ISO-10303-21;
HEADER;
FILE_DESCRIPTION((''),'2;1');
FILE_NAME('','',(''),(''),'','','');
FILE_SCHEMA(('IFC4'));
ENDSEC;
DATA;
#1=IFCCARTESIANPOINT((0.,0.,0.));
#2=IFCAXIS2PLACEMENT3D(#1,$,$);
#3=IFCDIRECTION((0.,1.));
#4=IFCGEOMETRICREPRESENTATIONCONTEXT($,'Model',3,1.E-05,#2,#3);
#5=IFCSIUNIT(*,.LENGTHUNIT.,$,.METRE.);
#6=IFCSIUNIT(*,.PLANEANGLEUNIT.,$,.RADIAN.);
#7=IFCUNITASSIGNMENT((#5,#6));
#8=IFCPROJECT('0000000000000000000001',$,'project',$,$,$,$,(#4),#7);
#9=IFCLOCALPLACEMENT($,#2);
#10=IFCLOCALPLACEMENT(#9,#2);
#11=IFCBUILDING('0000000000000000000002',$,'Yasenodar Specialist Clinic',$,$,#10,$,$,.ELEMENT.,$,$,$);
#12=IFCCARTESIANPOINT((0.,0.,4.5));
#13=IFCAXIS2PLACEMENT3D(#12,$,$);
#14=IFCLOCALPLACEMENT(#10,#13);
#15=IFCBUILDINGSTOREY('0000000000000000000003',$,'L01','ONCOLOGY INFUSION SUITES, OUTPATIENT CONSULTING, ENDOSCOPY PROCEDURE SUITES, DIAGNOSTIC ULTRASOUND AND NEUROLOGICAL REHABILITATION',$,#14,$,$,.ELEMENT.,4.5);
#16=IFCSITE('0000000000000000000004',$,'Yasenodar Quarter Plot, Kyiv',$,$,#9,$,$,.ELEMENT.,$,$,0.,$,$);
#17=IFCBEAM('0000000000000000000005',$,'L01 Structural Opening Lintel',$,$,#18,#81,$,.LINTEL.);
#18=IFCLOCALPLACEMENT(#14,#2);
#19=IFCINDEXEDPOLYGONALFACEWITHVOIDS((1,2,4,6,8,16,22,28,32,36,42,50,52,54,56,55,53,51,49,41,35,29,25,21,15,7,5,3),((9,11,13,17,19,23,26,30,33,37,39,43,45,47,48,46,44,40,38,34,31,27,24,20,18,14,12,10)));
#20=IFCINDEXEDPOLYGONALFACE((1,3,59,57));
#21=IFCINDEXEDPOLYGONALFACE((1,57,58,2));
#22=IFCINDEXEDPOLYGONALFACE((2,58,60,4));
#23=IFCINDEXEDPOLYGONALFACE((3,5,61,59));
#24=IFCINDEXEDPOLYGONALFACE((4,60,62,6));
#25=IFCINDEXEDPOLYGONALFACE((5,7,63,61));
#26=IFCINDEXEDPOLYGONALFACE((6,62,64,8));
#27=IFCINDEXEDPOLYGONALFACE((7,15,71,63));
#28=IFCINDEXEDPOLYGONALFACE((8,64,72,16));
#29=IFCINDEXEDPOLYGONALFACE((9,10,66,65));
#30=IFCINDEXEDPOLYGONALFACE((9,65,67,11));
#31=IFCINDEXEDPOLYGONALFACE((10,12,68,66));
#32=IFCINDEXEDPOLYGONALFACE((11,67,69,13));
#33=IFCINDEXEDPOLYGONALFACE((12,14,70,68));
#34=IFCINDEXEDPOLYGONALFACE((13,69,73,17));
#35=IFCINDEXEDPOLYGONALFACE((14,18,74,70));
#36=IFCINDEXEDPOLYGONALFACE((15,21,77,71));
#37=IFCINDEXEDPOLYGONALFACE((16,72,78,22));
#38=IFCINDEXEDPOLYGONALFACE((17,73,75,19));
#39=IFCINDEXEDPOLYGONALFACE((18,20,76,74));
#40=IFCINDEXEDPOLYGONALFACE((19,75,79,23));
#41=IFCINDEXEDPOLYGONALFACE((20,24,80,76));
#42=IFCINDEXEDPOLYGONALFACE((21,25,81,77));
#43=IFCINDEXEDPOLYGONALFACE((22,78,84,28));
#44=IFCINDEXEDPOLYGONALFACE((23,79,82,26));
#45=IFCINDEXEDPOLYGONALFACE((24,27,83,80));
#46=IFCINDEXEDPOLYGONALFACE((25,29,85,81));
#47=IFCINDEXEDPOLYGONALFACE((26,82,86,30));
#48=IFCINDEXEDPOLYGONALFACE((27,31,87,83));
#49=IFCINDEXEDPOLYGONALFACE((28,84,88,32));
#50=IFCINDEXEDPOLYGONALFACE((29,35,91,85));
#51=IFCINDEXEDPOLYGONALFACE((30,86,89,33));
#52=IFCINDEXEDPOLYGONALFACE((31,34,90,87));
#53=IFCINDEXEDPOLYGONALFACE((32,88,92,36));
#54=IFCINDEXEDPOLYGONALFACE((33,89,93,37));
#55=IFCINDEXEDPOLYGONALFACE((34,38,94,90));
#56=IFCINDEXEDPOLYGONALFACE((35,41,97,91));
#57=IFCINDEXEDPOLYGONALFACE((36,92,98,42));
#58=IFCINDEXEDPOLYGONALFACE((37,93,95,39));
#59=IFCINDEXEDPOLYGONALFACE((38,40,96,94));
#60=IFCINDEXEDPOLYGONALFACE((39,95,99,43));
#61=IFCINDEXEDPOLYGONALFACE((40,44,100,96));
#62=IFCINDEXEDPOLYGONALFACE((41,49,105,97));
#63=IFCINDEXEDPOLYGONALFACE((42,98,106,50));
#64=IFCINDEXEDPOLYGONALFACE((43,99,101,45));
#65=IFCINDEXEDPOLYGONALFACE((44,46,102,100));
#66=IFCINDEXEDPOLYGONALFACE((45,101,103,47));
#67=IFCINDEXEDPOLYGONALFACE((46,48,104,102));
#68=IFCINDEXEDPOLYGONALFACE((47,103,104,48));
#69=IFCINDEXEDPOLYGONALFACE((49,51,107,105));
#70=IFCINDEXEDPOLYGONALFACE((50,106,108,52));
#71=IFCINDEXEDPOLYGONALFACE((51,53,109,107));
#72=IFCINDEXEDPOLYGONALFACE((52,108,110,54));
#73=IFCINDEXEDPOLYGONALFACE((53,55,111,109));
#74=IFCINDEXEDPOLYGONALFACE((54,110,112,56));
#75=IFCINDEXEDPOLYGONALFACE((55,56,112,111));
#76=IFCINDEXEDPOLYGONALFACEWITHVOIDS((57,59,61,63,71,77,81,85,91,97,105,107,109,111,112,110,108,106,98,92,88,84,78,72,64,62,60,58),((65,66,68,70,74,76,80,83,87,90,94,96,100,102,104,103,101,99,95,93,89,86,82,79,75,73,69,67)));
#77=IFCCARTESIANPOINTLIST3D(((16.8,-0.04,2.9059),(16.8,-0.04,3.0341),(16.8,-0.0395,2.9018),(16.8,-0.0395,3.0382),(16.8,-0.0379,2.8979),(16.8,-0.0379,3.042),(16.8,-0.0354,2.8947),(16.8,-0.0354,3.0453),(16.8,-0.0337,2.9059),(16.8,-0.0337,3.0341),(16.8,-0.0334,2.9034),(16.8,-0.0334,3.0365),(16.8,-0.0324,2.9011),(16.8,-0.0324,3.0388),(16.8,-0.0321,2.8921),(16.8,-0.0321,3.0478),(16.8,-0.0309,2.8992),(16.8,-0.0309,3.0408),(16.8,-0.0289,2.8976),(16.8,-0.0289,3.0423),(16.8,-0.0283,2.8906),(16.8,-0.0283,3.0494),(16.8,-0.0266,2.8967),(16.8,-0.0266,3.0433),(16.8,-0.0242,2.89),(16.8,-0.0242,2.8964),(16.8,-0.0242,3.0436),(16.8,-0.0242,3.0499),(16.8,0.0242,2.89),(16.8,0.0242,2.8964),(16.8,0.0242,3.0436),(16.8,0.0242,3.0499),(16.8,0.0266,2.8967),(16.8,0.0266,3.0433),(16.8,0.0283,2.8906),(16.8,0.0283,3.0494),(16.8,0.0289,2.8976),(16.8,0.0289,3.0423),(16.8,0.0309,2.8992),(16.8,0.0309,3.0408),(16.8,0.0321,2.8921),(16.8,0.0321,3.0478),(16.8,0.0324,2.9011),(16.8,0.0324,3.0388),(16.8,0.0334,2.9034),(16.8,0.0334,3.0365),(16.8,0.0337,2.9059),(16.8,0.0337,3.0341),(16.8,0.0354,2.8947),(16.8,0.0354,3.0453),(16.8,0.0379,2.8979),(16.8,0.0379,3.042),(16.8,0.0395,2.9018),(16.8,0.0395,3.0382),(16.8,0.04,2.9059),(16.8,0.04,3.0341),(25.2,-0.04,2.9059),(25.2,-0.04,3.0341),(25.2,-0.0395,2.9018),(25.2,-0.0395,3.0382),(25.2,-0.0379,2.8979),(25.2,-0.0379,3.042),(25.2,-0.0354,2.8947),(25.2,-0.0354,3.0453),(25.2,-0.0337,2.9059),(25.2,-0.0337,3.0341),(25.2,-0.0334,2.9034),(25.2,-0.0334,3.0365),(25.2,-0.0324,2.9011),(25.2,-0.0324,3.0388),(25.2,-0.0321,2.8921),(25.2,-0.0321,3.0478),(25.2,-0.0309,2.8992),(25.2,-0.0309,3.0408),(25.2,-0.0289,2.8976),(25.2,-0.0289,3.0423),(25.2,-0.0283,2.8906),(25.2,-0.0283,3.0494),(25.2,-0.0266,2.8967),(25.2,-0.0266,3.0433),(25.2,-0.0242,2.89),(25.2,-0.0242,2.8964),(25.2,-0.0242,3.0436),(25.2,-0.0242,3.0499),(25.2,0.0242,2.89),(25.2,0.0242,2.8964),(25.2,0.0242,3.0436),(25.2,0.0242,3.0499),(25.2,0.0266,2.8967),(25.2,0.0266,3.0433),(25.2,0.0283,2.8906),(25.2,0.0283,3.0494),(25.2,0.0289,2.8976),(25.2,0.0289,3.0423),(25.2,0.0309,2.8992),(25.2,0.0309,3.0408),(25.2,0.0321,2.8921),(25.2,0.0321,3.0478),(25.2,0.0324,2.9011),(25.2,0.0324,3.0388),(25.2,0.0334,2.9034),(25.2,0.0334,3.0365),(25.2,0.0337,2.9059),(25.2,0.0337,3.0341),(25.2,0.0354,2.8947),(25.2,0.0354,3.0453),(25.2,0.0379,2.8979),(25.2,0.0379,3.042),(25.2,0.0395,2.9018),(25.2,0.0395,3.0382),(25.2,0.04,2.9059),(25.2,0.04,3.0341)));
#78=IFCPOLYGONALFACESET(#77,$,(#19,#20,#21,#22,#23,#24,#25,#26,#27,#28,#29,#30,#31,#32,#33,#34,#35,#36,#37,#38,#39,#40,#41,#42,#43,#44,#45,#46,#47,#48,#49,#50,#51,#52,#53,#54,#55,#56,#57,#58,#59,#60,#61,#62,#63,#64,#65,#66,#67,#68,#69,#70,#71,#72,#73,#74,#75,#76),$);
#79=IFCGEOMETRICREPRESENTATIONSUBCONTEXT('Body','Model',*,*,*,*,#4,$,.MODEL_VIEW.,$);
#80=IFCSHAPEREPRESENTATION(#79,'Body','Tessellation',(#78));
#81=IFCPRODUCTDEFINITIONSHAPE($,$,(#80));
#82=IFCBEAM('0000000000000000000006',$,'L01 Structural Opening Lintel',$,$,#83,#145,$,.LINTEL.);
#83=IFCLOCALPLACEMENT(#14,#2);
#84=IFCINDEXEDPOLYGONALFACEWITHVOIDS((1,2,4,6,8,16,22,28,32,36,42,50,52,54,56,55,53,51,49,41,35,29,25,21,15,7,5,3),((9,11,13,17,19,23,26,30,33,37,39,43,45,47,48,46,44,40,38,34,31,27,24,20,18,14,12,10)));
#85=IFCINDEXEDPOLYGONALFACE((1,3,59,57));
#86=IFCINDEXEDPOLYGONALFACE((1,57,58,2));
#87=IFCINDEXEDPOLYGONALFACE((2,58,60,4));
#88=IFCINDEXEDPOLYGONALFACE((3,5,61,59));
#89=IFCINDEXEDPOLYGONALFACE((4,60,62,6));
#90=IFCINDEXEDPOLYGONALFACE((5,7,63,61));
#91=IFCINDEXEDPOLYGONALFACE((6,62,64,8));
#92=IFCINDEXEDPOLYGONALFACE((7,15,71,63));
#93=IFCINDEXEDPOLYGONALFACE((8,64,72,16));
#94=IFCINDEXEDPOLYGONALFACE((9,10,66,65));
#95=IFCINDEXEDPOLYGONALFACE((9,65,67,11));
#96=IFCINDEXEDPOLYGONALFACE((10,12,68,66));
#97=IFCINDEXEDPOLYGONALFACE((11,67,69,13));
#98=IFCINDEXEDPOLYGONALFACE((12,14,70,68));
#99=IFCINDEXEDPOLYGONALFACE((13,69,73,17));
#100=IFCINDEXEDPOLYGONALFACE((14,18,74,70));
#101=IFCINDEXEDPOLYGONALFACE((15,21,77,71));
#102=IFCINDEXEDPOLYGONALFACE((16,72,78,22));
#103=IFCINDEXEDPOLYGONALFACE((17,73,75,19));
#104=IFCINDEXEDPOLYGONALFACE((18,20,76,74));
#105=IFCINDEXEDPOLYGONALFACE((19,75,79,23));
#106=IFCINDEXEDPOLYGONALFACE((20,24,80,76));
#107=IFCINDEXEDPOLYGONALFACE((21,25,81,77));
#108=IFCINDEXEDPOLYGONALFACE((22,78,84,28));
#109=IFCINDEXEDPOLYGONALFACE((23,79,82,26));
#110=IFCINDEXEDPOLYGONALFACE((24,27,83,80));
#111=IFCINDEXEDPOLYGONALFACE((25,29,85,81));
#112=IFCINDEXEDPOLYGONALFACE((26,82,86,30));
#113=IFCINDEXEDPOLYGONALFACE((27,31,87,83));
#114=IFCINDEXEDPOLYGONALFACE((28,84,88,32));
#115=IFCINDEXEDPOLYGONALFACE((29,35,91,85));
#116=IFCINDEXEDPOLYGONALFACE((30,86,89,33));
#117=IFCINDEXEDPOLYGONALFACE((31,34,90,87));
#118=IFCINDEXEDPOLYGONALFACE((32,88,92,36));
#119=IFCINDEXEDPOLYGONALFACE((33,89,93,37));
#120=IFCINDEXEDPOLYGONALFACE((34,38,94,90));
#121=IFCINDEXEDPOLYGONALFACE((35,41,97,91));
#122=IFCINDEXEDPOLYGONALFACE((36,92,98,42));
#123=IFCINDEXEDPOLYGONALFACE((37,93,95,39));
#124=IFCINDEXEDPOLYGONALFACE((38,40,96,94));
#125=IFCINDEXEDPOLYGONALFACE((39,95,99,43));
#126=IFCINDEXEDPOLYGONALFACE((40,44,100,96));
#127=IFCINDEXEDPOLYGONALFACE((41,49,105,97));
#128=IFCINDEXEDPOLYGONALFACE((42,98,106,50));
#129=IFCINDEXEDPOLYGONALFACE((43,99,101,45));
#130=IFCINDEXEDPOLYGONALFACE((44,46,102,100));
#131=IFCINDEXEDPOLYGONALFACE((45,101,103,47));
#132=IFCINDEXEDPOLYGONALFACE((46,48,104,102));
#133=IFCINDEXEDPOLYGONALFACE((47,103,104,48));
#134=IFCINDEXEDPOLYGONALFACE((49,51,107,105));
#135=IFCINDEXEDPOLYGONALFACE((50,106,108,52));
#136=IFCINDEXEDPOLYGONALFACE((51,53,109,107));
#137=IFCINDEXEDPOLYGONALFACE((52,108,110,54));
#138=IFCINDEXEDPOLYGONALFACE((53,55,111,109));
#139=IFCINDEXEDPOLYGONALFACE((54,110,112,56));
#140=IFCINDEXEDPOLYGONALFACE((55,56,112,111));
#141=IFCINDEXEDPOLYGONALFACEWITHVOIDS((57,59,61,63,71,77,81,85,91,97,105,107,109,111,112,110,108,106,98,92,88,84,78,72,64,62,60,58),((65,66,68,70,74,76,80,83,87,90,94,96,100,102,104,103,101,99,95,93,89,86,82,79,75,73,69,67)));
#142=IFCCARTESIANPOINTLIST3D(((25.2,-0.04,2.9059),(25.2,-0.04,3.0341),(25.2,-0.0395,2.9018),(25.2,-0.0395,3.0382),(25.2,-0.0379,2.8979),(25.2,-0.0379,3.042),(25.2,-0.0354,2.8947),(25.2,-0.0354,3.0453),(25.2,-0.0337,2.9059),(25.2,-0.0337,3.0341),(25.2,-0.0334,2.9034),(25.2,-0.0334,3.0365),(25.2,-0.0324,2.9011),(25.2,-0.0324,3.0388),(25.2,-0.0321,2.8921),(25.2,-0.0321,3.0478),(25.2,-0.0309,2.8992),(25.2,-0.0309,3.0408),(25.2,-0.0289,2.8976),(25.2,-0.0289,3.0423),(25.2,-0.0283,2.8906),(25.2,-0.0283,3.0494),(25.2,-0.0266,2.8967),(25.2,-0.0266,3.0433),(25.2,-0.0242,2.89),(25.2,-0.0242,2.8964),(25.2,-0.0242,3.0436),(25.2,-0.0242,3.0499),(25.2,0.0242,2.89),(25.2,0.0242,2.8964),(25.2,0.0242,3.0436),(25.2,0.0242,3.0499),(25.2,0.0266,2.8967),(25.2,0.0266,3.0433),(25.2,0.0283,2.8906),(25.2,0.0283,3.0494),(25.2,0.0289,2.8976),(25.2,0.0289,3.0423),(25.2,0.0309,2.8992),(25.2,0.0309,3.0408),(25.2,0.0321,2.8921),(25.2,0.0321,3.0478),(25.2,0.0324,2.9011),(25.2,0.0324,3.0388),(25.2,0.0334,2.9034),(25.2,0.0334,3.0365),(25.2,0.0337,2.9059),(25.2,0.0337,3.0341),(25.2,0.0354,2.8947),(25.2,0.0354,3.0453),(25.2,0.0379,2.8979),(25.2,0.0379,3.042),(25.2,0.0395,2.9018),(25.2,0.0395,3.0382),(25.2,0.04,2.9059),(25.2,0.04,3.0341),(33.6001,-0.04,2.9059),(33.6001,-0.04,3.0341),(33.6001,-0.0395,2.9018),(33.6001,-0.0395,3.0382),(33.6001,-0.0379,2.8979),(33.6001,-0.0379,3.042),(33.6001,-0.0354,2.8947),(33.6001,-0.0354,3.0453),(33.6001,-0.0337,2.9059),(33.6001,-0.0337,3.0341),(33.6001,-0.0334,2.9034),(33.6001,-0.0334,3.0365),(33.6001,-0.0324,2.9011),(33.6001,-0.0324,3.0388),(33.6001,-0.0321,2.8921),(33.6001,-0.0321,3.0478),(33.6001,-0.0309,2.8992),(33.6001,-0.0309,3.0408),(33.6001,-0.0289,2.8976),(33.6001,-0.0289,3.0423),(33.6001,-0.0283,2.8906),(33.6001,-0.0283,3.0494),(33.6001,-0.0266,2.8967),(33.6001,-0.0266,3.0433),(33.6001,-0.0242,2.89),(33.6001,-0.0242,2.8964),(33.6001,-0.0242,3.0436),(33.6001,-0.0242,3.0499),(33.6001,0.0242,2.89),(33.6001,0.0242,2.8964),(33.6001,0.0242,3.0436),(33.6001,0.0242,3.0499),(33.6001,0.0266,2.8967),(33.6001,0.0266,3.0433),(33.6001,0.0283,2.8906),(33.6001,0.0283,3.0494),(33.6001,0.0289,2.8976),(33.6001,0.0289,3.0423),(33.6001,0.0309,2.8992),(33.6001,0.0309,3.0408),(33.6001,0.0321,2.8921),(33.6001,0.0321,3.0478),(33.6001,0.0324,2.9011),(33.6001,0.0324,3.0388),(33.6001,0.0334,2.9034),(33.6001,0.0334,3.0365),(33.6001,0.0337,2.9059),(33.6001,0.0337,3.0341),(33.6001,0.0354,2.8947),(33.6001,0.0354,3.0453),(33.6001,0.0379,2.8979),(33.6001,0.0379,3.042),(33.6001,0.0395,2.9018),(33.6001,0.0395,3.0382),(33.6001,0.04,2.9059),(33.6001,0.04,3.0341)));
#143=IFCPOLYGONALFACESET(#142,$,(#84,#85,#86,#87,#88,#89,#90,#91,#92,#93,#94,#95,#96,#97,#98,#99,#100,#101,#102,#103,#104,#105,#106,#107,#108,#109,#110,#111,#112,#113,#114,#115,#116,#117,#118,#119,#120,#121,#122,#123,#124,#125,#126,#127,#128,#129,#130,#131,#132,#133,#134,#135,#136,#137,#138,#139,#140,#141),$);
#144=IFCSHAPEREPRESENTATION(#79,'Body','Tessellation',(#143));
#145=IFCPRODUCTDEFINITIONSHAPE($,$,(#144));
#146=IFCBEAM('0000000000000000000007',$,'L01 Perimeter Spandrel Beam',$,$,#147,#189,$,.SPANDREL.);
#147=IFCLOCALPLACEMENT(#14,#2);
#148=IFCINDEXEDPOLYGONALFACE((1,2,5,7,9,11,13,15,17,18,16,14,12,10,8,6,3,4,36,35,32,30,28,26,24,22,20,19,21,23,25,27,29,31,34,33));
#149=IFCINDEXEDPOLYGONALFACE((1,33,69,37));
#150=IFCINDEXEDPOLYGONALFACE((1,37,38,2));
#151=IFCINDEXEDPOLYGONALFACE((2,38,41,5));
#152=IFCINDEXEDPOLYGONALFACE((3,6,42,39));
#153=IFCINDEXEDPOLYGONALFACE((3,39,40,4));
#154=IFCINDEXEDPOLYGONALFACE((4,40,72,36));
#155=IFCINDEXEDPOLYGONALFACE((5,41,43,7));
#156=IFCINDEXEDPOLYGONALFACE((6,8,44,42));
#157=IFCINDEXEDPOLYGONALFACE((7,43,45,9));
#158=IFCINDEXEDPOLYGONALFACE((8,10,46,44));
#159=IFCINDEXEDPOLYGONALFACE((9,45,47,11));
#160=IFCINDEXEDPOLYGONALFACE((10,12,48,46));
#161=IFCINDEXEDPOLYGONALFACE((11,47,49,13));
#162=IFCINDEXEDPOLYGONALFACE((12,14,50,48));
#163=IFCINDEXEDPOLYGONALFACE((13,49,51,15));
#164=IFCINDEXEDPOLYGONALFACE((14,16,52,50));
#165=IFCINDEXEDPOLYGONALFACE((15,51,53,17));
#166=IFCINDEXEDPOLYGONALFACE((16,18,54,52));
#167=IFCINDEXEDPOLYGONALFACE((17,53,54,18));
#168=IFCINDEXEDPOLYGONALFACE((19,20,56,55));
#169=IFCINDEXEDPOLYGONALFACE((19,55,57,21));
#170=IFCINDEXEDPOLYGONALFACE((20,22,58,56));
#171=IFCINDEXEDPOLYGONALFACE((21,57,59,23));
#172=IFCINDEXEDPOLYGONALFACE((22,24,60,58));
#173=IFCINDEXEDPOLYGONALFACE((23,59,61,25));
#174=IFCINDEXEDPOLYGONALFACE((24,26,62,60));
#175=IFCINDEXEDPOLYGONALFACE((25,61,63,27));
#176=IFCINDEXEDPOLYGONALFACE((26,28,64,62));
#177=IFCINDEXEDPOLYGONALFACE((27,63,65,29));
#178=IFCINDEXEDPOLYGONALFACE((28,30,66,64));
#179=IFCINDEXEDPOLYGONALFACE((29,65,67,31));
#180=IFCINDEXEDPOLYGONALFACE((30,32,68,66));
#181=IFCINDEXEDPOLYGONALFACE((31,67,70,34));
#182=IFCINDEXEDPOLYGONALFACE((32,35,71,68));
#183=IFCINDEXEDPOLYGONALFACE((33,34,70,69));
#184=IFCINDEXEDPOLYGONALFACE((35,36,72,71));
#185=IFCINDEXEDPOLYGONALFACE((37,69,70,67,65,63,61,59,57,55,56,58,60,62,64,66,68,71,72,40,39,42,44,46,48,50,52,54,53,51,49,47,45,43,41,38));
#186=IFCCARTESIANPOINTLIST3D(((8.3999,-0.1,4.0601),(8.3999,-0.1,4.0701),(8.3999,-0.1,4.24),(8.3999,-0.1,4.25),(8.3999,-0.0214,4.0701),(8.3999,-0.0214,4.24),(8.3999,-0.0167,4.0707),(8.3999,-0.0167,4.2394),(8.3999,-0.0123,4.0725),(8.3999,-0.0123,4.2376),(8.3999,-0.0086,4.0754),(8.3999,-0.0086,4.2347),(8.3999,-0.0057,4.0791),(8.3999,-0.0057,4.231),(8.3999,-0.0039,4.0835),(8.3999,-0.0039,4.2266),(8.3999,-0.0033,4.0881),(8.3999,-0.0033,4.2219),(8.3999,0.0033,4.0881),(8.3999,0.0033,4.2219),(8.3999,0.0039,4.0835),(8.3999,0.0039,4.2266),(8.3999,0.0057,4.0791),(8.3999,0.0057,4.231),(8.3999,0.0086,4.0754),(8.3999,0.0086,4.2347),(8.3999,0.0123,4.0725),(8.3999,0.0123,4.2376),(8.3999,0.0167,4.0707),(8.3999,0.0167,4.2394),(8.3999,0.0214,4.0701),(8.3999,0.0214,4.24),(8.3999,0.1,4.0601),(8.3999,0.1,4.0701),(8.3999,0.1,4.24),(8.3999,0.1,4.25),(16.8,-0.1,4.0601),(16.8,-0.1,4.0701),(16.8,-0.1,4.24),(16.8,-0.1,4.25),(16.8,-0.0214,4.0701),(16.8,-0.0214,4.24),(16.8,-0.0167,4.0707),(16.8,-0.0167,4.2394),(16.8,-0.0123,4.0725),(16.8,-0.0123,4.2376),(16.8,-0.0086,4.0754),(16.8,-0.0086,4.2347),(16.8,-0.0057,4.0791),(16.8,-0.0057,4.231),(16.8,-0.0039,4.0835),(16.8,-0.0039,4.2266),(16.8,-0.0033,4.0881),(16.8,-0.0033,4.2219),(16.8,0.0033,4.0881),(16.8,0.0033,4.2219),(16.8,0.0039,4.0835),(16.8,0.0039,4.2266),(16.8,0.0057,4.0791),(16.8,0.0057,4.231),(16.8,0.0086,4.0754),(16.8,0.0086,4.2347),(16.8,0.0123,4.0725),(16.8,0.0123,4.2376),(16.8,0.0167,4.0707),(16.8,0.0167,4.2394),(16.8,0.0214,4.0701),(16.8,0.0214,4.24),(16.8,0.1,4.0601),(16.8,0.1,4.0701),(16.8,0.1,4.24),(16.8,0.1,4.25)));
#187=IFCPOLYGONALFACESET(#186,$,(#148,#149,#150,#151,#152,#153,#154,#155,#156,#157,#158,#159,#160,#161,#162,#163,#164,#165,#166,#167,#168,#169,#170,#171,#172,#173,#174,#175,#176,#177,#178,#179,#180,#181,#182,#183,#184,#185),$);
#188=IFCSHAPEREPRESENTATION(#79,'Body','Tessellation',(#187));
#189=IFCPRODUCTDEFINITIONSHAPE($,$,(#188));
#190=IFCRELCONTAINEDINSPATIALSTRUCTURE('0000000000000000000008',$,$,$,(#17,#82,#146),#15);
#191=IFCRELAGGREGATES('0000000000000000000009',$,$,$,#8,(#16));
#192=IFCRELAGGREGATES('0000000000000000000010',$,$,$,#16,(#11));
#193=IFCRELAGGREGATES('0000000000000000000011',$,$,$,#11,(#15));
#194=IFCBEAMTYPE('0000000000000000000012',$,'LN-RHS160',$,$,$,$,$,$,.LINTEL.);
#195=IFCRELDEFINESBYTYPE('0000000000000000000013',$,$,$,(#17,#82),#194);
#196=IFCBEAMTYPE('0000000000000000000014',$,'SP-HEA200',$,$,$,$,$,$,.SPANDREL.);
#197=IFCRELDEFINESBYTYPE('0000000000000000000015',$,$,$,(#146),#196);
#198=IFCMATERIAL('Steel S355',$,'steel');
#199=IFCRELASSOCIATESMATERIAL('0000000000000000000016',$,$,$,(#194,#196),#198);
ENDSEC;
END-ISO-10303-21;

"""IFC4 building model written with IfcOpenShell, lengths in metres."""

from ifc_helpers import new_model, si_unit, direction, frame, origin, origin_2d, place, context, subcontext, project, spatial, hollow_rectangle, i_section, extrude, material, material_profile, profile_set, type_object, element, save


model = new_model("IFC4")

# Units and contexts
model_context = context("Model", 3, precision=1e-05, world=origin(), true_north=direction((0.0, 1.0)))
body_context = subcontext(model_context, "Body", "Model", "MODEL_VIEW")
ifc_project = project(units=[si_unit("LENGTHUNIT", "METRE"), si_unit("PLANEANGLEUNIT", "RADIAN")], contexts=[model_context])

# Site, building, storey
site_placement = place(None, origin())
site = spatial("IfcSite", under=ifc_project, at=site_placement, Name="Yasenodar Quarter Plot, Kyiv", CompositionType="ELEMENT", RefElevation=0.0)
building_placement = place(site_placement, origin())
building = spatial("IfcBuilding", under=site, at=building_placement, Name="Yasenodar Specialist Clinic", CompositionType="ELEMENT")
storey_placement = place(building_placement, frame((0.0, 0.0, 4.5)))
storey = spatial("IfcBuildingStorey", under=building, at=storey_placement, Name="L01", Description="ONCOLOGY INFUSION SUITES, OUTPATIENT CONSULTING, ENDOSCOPY PROCEDURE SUITES, DIAGNOSTIC ULTRASOUND AND NEUROLOGICAL REHABILITATION", CompositionType="ELEMENT", Elevation=4.5)

# Shared definitions
ifc_material_1 = material(Name="Steel S355", Category="steel")

# Beams
ifc_material_profile_1 = material_profile(ifc_material_1, hollow_rectangle(XDim=0.0801, YDim=0.1599, WallThickness=0.0063, InnerFilletRadius=0.0095, OuterFilletRadius=0.0159, at=origin_2d()), Name="RHS 160x80x6.3")
ifc_profile_set_1 = profile_set([ifc_material_profile_1], Name="Steel S355")
beam_type_1 = type_object("IfcBeamType", Name="LN-RHS160", PredefinedType="LINTEL", material=ifc_profile_set_1)
beam_1_placement = place(storey_placement, frame((16.8, 0.0, 2.97), z_axis=(1.0, 0.0, 0.0), x_axis=(0.0, 1.0, 0.0)))
element("IfcBeam", 1, at=beam_1_placement, inside=storey, type_object=beam_type_1, Name="L01 Structural Opening Lintel", PredefinedType="LINTEL", context=body_context, shape_type="SweptSolid", body=[
    extrude(hollow_rectangle(XDim=0.0801, YDim=0.1599, WallThickness=0.0063, InnerFilletRadius=0.0095, OuterFilletRadius=0.0159, at=origin_2d()), origin(), (0.0, 0.0, 1.0), 8.3999),
])
beam_2_placement = place(storey_placement, frame((25.2, 0.0, 2.97), z_axis=(1.0, 0.0, 0.0), x_axis=(0.0, 1.0, 0.0)))
element("IfcBeam", 2, at=beam_2_placement, inside=storey, type_object=beam_type_1, Name="L01 Structural Opening Lintel", PredefinedType="LINTEL", context=body_context, shape_type="SweptSolid", body=[
    extrude(hollow_rectangle(XDim=0.0801, YDim=0.1599, WallThickness=0.0063, InnerFilletRadius=0.0095, OuterFilletRadius=0.0159, at=origin_2d()), origin(), (0.0, 0.0, 1.0), 8.4001),
])
ifc_material_profile_2 = material_profile(ifc_material_1, i_section(OverallWidth=0.2, OverallDepth=0.1899, WebThickness=0.0066, FlangeThickness=0.01, FilletRadius=0.0181, at=origin_2d()), Name="HEA 200")
ifc_profile_set_2 = profile_set([ifc_material_profile_2], Name="Steel S355")
beam_type_2 = type_object("IfcBeamType", Name="SP-HEA200", PredefinedType="SPANDREL", material=ifc_profile_set_2)
beam_3_placement = place(storey_placement, frame((8.3999, 0.0, 4.155), z_axis=(1.0, 0.0, 0.0), x_axis=(0.0, 1.0, 0.0)))
element("IfcBeam", 3, at=beam_3_placement, inside=storey, type_object=beam_type_2, Name="L01 Perimeter Spandrel Beam", PredefinedType="SPANDREL", context=body_context, shape_type="SweptSolid", body=[
    extrude(i_section(OverallWidth=0.2, OverallDepth=0.1899, WebThickness=0.0066, FlangeThickness=0.01, FilletRadius=0.0181, at=origin_2d()), origin(), (0.0, 0.0, 1.0), 8.4001),
])

save(model, "model.ifc")
